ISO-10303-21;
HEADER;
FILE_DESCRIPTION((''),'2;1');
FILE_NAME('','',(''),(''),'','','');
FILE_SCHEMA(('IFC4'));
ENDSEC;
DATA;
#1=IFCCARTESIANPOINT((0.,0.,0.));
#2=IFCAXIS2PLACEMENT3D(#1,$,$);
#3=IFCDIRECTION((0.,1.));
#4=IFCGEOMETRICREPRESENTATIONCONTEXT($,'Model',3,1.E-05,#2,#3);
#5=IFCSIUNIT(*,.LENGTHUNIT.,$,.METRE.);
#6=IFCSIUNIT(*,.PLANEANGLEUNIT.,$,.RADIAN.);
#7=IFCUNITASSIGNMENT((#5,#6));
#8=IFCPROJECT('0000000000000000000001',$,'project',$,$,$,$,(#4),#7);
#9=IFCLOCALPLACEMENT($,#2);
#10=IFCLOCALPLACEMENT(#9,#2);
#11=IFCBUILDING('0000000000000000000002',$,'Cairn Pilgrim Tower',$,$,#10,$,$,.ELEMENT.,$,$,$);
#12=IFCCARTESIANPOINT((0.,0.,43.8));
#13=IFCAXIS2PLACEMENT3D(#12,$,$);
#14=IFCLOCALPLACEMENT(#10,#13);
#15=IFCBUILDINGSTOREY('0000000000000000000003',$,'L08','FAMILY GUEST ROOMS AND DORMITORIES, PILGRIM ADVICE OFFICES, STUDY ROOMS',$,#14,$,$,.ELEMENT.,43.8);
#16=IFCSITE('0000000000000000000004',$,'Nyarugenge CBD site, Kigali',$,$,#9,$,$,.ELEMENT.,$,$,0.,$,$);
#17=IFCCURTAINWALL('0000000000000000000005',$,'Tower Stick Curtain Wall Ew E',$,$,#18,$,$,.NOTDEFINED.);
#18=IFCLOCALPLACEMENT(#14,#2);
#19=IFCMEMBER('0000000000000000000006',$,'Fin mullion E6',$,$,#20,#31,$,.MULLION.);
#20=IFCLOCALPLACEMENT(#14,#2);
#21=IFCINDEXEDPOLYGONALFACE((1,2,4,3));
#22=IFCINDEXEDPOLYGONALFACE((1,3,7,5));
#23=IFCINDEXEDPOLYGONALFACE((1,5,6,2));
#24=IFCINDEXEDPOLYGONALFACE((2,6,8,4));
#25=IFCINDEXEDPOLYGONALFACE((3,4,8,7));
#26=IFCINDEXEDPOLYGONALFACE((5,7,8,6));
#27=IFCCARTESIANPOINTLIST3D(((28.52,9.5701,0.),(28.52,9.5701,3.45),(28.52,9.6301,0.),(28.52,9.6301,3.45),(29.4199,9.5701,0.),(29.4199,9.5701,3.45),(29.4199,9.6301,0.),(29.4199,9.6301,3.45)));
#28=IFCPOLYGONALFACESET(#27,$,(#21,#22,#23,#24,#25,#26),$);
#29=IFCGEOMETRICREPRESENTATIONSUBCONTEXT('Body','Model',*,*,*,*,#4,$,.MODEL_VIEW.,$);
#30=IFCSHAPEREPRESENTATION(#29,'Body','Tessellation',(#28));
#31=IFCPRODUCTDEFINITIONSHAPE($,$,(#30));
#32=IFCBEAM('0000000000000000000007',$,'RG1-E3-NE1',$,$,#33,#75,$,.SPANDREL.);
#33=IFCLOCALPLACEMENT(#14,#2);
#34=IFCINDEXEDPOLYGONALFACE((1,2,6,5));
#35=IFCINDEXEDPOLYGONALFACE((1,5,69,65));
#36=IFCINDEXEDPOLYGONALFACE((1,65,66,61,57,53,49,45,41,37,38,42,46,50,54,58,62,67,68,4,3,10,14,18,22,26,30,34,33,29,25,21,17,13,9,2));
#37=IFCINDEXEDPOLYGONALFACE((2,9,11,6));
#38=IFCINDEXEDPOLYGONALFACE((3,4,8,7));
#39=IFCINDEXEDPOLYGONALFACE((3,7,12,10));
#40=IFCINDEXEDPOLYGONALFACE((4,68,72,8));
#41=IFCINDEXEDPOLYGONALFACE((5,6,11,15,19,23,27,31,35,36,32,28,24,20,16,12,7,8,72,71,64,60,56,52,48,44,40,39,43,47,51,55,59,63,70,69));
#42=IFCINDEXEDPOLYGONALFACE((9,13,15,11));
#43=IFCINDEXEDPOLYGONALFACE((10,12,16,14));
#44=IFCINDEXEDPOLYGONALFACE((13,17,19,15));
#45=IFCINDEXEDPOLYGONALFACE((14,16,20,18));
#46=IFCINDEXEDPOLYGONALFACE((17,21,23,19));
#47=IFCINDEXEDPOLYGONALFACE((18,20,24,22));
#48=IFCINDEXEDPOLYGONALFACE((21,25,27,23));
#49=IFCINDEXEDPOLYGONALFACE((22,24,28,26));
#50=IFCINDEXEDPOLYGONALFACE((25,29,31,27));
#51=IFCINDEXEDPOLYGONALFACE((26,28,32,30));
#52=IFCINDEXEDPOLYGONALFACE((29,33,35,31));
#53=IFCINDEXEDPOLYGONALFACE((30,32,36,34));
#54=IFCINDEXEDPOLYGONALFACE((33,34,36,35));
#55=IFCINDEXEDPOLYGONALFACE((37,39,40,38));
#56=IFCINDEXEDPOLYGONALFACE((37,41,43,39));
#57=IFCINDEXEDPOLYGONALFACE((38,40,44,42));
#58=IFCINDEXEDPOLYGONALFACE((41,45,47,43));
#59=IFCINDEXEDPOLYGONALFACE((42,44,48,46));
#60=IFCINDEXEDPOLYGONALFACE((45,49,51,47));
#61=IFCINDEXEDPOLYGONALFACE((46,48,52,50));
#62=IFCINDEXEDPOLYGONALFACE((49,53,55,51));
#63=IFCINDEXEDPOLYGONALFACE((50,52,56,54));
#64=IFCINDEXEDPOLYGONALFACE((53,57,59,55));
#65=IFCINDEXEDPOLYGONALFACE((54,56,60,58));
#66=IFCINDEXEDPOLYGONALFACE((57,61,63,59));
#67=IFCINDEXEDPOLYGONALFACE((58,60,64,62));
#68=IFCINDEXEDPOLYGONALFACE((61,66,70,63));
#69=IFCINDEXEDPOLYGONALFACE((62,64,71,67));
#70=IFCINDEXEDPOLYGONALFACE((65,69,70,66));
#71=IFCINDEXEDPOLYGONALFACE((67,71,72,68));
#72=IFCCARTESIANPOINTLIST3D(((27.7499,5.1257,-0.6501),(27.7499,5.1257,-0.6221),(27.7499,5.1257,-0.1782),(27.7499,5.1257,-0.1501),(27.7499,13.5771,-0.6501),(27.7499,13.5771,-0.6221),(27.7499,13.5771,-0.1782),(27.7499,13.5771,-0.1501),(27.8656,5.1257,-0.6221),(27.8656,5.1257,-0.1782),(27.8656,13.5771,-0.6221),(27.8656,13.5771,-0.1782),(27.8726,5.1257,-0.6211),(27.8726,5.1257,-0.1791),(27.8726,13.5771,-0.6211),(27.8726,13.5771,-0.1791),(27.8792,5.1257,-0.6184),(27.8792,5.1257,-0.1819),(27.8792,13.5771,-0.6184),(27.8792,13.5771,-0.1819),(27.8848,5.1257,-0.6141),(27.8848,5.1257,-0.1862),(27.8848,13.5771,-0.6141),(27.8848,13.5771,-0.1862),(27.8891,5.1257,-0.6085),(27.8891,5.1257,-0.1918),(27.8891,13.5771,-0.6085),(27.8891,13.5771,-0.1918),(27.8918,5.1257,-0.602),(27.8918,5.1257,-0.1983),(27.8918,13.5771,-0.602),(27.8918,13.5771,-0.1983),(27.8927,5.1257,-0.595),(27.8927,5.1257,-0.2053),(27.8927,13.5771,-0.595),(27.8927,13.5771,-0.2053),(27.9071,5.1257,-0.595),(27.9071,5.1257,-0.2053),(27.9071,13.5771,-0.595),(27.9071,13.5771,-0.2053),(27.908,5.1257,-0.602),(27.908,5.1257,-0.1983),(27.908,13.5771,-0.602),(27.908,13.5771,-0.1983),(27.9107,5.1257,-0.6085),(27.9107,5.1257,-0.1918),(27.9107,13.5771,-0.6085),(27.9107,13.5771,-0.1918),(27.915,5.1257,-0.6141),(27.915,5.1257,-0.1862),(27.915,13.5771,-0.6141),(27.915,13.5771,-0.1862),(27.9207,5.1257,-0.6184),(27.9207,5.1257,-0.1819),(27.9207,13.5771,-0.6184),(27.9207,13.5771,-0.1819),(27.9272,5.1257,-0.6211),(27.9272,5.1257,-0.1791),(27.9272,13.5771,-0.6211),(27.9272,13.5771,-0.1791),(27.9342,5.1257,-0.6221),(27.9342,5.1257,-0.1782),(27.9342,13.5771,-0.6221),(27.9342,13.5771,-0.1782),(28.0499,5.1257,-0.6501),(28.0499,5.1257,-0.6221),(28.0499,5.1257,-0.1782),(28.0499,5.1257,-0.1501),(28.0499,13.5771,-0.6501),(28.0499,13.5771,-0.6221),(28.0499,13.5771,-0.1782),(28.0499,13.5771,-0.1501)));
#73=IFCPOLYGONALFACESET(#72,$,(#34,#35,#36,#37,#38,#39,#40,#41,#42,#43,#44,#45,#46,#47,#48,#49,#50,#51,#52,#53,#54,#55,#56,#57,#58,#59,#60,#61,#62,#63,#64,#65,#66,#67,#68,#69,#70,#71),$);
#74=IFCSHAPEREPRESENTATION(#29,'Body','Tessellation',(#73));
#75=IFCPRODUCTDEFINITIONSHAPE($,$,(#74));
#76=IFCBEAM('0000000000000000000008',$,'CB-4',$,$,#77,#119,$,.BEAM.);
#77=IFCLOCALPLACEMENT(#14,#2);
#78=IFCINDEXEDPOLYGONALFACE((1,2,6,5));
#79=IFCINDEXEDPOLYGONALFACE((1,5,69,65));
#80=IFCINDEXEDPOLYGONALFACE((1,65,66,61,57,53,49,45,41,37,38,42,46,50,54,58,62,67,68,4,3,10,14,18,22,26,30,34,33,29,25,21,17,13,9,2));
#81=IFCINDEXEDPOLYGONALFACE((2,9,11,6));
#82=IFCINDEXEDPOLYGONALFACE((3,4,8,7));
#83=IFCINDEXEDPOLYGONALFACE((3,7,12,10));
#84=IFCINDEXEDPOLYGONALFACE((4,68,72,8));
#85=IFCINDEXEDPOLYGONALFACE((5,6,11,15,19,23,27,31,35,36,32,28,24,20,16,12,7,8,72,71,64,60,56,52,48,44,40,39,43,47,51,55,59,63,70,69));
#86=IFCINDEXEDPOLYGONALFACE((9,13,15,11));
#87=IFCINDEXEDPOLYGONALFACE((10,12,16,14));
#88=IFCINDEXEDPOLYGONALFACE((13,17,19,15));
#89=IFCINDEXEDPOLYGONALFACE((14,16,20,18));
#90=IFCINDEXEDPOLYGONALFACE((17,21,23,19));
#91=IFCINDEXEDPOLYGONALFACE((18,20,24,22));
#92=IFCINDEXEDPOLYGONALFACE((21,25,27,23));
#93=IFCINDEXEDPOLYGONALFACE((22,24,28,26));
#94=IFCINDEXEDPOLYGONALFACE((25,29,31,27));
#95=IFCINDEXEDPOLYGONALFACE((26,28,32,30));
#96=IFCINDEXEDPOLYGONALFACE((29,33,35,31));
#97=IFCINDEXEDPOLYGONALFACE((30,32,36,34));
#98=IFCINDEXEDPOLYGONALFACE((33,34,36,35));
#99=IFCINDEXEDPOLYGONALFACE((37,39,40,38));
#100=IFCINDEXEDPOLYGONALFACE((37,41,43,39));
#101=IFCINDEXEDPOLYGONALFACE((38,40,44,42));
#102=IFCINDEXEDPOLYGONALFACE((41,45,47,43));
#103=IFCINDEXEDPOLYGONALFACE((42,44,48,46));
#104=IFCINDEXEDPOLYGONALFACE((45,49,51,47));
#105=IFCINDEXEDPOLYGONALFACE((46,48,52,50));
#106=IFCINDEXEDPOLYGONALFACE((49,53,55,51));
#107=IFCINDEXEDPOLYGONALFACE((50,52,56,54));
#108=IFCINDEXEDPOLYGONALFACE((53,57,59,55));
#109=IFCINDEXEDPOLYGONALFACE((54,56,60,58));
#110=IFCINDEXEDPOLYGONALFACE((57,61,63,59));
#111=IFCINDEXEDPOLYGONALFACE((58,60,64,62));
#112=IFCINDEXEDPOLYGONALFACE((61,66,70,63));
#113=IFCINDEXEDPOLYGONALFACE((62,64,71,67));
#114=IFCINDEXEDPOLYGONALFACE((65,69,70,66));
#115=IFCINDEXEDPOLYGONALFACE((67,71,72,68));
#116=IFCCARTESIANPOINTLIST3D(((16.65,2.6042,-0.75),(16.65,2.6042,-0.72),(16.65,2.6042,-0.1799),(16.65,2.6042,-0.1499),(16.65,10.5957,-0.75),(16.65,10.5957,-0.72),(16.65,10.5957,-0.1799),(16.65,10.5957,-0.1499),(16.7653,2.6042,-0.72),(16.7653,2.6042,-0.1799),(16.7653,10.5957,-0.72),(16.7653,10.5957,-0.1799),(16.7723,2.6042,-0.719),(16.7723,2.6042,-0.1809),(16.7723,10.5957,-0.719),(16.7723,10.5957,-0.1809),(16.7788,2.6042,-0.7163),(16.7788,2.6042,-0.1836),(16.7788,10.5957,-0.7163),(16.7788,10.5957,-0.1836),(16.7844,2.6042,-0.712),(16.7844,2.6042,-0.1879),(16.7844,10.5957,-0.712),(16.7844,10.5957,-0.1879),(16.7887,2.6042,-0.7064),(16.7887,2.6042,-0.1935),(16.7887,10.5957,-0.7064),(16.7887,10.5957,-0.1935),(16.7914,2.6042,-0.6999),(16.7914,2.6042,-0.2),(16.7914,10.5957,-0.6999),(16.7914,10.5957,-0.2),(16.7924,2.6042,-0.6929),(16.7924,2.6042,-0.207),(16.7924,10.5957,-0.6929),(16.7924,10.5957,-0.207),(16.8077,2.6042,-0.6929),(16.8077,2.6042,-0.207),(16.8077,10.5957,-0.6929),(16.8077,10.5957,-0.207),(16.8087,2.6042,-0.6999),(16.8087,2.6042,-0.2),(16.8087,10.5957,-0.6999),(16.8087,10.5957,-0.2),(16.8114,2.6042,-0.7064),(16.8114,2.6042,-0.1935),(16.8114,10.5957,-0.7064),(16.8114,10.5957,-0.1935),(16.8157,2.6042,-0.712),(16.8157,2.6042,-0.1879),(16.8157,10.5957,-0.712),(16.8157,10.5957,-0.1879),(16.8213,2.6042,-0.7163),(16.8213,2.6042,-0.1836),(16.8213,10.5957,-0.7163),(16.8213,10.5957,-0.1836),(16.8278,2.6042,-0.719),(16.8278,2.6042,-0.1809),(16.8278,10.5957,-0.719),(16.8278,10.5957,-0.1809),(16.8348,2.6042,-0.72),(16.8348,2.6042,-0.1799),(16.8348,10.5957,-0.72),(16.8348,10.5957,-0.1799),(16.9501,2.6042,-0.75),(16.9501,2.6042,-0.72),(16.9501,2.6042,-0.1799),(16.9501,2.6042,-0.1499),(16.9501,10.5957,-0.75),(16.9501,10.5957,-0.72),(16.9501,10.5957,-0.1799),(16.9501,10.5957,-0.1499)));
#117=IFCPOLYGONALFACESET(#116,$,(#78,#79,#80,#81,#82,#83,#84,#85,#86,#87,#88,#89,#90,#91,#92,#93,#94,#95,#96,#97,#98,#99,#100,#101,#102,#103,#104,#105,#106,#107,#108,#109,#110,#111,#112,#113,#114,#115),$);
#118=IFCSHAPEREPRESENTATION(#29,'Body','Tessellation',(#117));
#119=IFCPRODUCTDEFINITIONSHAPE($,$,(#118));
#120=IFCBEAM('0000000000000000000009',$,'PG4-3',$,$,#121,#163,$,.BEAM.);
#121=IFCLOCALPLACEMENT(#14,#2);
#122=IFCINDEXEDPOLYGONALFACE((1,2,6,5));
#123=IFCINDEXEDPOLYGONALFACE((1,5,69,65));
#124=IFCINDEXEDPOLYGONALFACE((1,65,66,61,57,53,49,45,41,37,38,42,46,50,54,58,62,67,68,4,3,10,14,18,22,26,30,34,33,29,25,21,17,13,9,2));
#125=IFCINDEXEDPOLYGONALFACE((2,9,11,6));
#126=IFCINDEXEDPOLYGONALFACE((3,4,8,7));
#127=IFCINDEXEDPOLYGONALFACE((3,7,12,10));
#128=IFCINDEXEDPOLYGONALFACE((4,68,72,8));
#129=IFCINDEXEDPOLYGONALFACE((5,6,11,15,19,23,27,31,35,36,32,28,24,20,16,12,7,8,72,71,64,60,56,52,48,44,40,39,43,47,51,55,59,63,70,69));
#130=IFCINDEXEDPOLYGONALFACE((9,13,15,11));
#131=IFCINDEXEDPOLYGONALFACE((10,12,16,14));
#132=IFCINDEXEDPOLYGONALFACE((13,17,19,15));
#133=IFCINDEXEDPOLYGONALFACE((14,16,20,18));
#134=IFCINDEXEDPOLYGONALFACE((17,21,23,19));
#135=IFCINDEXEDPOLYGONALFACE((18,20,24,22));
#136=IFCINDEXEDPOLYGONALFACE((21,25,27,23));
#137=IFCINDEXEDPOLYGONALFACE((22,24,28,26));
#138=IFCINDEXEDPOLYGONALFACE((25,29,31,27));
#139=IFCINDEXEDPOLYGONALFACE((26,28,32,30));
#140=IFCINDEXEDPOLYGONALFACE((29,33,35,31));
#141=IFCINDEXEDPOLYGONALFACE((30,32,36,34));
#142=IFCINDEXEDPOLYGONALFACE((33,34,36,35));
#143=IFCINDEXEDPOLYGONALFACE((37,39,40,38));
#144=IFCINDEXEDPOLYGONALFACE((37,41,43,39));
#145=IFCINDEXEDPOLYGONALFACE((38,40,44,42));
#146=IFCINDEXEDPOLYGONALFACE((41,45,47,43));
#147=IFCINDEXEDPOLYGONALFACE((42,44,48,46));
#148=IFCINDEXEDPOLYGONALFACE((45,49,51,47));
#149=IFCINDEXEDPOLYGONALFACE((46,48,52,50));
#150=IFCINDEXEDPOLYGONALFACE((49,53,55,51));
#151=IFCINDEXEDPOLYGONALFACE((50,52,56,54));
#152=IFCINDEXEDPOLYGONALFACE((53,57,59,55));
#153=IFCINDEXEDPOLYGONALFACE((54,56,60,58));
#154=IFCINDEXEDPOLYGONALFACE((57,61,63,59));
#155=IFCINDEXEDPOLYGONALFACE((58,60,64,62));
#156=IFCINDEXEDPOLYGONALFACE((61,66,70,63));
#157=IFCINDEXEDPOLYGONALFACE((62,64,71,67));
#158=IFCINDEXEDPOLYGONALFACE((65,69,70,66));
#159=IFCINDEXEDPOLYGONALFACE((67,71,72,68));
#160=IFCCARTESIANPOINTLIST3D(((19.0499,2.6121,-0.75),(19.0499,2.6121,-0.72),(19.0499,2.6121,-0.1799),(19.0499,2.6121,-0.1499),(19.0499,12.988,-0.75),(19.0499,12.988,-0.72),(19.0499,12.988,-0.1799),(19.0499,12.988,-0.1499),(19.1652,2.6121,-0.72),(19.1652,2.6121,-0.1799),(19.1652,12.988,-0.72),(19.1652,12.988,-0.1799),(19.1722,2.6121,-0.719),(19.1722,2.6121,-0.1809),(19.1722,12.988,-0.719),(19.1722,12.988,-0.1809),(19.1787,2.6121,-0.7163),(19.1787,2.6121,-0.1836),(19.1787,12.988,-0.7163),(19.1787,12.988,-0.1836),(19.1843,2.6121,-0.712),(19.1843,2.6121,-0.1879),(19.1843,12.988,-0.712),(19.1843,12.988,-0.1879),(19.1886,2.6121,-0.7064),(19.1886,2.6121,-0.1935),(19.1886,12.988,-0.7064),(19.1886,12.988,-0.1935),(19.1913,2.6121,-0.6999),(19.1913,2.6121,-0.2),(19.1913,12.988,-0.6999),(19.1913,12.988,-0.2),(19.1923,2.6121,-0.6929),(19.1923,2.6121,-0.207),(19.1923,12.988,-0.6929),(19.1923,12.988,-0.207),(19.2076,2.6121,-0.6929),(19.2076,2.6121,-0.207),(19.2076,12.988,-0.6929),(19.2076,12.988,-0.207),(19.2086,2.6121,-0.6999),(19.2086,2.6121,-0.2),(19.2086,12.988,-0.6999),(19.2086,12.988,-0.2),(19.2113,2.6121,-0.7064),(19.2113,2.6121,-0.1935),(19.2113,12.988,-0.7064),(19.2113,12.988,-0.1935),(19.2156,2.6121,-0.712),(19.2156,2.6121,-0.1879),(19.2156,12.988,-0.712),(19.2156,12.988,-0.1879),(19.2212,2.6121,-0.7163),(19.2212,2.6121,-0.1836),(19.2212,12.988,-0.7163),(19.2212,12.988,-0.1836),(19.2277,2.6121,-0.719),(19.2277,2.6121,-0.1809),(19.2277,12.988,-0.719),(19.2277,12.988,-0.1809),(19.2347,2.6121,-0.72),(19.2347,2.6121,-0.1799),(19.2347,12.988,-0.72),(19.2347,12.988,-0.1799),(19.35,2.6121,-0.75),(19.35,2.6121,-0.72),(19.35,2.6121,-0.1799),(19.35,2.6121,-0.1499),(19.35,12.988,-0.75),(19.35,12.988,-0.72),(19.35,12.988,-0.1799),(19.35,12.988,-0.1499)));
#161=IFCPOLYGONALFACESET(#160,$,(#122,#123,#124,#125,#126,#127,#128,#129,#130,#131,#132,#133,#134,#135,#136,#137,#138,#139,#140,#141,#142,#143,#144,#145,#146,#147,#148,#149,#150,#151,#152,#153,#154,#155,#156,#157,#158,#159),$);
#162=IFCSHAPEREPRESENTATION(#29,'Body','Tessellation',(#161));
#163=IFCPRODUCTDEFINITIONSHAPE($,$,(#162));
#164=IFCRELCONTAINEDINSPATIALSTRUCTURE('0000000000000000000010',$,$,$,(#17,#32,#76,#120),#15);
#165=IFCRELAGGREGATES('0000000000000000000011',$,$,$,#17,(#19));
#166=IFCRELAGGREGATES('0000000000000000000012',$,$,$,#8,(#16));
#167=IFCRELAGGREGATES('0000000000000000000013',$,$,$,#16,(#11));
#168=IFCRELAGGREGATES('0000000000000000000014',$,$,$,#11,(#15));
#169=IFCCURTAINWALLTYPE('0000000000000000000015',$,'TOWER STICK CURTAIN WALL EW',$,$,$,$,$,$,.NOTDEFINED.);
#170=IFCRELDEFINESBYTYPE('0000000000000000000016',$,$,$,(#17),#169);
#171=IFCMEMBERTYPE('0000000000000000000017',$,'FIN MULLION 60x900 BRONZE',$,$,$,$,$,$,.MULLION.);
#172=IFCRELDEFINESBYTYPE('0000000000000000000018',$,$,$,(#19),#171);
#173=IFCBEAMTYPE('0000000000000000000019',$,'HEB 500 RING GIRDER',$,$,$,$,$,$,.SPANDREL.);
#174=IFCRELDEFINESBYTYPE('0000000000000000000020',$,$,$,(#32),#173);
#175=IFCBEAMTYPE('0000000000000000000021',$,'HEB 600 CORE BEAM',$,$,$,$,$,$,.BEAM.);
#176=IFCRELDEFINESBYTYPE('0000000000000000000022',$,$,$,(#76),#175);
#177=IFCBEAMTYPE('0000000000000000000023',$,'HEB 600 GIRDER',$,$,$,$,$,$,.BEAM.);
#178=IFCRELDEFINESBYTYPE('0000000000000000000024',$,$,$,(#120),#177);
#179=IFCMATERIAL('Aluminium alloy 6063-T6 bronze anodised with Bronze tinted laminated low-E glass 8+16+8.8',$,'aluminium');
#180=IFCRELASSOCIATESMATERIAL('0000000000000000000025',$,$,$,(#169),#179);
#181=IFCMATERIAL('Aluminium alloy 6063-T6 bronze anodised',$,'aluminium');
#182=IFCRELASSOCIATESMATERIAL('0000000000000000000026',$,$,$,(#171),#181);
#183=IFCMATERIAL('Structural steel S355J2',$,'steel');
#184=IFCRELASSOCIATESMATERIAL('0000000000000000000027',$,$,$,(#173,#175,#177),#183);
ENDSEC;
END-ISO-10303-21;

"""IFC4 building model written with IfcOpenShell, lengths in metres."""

from ifc_helpers import new_model, si_unit, direction, frame, origin, origin_2d, place, context, subcontext, project, spatial, rectangle, i_section, extrude, material, material_profile, profile_set, type_object, element, aggregate, save


model = new_model("IFC4")

# Units and contexts
model_context = context("Model", 3, precision=1e-05, world=origin(), true_north=direction((0.0, 1.0)))
body_context = subcontext(model_context, "Body", "Model", "MODEL_VIEW")
ifc_project = project(units=[si_unit("LENGTHUNIT", "METRE"), si_unit("PLANEANGLEUNIT", "RADIAN")], contexts=[model_context])

# Site, building, storey
site_placement = place(None, origin())
site = spatial("IfcSite", under=ifc_project, at=site_placement, Name="Nyarugenge CBD site, Kigali", CompositionType="ELEMENT", RefElevation=0.0)
building_placement = place(site_placement, origin())
building = spatial("IfcBuilding", under=site, at=building_placement, Name="Cairn Pilgrim Tower", CompositionType="ELEMENT")
storey_placement = place(building_placement, frame((0.0, 0.0, 43.8)))
storey = spatial("IfcBuildingStorey", under=building, at=storey_placement, Name="L08", Description="FAMILY GUEST ROOMS AND DORMITORIES, PILGRIM ADVICE OFFICES, STUDY ROOMS", CompositionType="ELEMENT", Elevation=43.8)

# Curtain wall, member
ifc_material_1 = material(Name="Aluminium alloy 6063-T6 bronze anodised with Bronze tinted laminated low-E glass 8+16+8.8", Category="aluminium")
curtain_wall_type = type_object("IfcCurtainWallType", Name="TOWER STICK CURTAIN WALL EW", PredefinedType="NOTDEFINED", material=ifc_material_1)
curtain_wall_placement = place(storey_placement, origin())
curtain_wall = element("IfcCurtainWall", 1, at=curtain_wall_placement, inside=storey, type_object=curtain_wall_type, Name="Tower Stick Curtain Wall Ew E", PredefinedType="NOTDEFINED")
ifc_material_2 = material(Name="Aluminium alloy 6063-T6 bronze anodised", Category="aluminium")
ifc_material_profile_1 = material_profile(ifc_material_2, rectangle(XDim=0.8999, YDim=0.0601, at=origin_2d()), Name="FIN MULLION 60x900 BRONZE")
ifc_profile_set_1 = profile_set([ifc_material_profile_1], Name="Aluminium alloy 6063-T6 bronze anodised")
member_type_1 = type_object("IfcMemberType", Name="FIN MULLION 60x900 BRONZE", PredefinedType="MULLION", material=ifc_profile_set_1)
member_1_placement = place(storey_placement, frame((28.97, 9.6001, 0.0), z_axis=(0.0, 0.0, 1.0), x_axis=(1.0, 0.0, 0.0)))
member_1 = element("IfcMember", 2, at=member_1_placement, type_object=member_type_1, Name="Fin mullion E6", PredefinedType="MULLION", context=body_context, shape_type="SweptSolid", body=[
    extrude(rectangle(XDim=0.8999, YDim=0.0601, at=origin_2d()), origin(), (0.0, 0.0, 1.0), 3.45),
])

# Beams
ifc_material_3 = material(Name="Structural steel S355J2", Category="steel")
ifc_material_profile_2 = material_profile(ifc_material_3, i_section(OverallWidth=0.3, OverallDepth=0.5, WebThickness=0.0144, FlangeThickness=0.0281, FilletRadius=0.0271, at=origin_2d()), Name="HEB 500")
ifc_profile_set_2 = profile_set([ifc_material_profile_2], Name="Structural steel S355J2")
beam_type_1 = type_object("IfcBeamType", Name="HEB 500 RING GIRDER", PredefinedType="SPANDREL", material=ifc_profile_set_2)
beam_1_placement = place(storey_placement, frame((27.8999, 5.1257, -0.4001), z_axis=(0.0, 1.0, 0.0), x_axis=(-1.0, 0.0, 0.0)))
element("IfcBeam", 3, at=beam_1_placement, inside=storey, type_object=beam_type_1, Name="RG1-E3-NE1", PredefinedType="SPANDREL", context=body_context, shape_type="SweptSolid", body=[
    extrude(i_section(OverallWidth=0.3, OverallDepth=0.5, WebThickness=0.0144, FlangeThickness=0.0281, FilletRadius=0.0271, at=origin_2d()), origin(), (0.0, 0.0, 1.0), 8.4514),
])
ifc_material_profile_3 = material_profile(ifc_material_3, i_section(OverallWidth=0.3, OverallDepth=0.6001, WebThickness=0.0154, FlangeThickness=0.03, FilletRadius=0.0271, at=origin_2d()), Name="HEB 600")
ifc_profile_set_3 = profile_set([ifc_material_profile_3], Name="Structural steel S355J2")
beam_type_2 = type_object("IfcBeamType", Name="HEB 600 CORE BEAM", PredefinedType="BEAM", material=ifc_profile_set_3)
beam_2_placement = place(storey_placement, frame((16.8, 2.6042, -0.45), z_axis=(0.0, 1.0, 0.0), x_axis=(-1.0, 0.0, 0.0)))
element("IfcBeam", 4, at=beam_2_placement, inside=storey, type_object=beam_type_2, Name="CB-4", PredefinedType="BEAM", context=body_context, shape_type="SweptSolid", body=[
    extrude(i_section(OverallWidth=0.3, OverallDepth=0.6001, WebThickness=0.0154, FlangeThickness=0.03, FilletRadius=0.0271, at=origin_2d()), origin(), (0.0, 0.0, 1.0), 7.9915),
])
ifc_material_profile_4 = material_profile(ifc_material_3, i_section(OverallWidth=0.3, OverallDepth=0.6001, WebThickness=0.0154, FlangeThickness=0.03, FilletRadius=0.0271, at=origin_2d()), Name="HEB 600")
ifc_profile_set_4 = profile_set([ifc_material_profile_4], Name="Structural steel S355J2")
beam_type_3 = type_object("IfcBeamType", Name="HEB 600 GIRDER", PredefinedType="BEAM", material=ifc_profile_set_4)
beam_3_placement = place(storey_placement, frame((19.2, 2.6121, -0.45), z_axis=(0.0, 1.0, 0.0), x_axis=(-1.0, 0.0, 0.0)))
element("IfcBeam", 5, at=beam_3_placement, inside=storey, type_object=beam_type_3, Name="PG4-3", PredefinedType="BEAM", context=body_context, shape_type="SweptSolid", body=[
    extrude(i_section(OverallWidth=0.3, OverallDepth=0.6001, WebThickness=0.0154, FlangeThickness=0.03, FilletRadius=0.0271, at=origin_2d()), origin(), (0.0, 0.0, 1.0), 10.376),
])

aggregate(curtain_wall, [member_1])

save(model, "model.ifc")
